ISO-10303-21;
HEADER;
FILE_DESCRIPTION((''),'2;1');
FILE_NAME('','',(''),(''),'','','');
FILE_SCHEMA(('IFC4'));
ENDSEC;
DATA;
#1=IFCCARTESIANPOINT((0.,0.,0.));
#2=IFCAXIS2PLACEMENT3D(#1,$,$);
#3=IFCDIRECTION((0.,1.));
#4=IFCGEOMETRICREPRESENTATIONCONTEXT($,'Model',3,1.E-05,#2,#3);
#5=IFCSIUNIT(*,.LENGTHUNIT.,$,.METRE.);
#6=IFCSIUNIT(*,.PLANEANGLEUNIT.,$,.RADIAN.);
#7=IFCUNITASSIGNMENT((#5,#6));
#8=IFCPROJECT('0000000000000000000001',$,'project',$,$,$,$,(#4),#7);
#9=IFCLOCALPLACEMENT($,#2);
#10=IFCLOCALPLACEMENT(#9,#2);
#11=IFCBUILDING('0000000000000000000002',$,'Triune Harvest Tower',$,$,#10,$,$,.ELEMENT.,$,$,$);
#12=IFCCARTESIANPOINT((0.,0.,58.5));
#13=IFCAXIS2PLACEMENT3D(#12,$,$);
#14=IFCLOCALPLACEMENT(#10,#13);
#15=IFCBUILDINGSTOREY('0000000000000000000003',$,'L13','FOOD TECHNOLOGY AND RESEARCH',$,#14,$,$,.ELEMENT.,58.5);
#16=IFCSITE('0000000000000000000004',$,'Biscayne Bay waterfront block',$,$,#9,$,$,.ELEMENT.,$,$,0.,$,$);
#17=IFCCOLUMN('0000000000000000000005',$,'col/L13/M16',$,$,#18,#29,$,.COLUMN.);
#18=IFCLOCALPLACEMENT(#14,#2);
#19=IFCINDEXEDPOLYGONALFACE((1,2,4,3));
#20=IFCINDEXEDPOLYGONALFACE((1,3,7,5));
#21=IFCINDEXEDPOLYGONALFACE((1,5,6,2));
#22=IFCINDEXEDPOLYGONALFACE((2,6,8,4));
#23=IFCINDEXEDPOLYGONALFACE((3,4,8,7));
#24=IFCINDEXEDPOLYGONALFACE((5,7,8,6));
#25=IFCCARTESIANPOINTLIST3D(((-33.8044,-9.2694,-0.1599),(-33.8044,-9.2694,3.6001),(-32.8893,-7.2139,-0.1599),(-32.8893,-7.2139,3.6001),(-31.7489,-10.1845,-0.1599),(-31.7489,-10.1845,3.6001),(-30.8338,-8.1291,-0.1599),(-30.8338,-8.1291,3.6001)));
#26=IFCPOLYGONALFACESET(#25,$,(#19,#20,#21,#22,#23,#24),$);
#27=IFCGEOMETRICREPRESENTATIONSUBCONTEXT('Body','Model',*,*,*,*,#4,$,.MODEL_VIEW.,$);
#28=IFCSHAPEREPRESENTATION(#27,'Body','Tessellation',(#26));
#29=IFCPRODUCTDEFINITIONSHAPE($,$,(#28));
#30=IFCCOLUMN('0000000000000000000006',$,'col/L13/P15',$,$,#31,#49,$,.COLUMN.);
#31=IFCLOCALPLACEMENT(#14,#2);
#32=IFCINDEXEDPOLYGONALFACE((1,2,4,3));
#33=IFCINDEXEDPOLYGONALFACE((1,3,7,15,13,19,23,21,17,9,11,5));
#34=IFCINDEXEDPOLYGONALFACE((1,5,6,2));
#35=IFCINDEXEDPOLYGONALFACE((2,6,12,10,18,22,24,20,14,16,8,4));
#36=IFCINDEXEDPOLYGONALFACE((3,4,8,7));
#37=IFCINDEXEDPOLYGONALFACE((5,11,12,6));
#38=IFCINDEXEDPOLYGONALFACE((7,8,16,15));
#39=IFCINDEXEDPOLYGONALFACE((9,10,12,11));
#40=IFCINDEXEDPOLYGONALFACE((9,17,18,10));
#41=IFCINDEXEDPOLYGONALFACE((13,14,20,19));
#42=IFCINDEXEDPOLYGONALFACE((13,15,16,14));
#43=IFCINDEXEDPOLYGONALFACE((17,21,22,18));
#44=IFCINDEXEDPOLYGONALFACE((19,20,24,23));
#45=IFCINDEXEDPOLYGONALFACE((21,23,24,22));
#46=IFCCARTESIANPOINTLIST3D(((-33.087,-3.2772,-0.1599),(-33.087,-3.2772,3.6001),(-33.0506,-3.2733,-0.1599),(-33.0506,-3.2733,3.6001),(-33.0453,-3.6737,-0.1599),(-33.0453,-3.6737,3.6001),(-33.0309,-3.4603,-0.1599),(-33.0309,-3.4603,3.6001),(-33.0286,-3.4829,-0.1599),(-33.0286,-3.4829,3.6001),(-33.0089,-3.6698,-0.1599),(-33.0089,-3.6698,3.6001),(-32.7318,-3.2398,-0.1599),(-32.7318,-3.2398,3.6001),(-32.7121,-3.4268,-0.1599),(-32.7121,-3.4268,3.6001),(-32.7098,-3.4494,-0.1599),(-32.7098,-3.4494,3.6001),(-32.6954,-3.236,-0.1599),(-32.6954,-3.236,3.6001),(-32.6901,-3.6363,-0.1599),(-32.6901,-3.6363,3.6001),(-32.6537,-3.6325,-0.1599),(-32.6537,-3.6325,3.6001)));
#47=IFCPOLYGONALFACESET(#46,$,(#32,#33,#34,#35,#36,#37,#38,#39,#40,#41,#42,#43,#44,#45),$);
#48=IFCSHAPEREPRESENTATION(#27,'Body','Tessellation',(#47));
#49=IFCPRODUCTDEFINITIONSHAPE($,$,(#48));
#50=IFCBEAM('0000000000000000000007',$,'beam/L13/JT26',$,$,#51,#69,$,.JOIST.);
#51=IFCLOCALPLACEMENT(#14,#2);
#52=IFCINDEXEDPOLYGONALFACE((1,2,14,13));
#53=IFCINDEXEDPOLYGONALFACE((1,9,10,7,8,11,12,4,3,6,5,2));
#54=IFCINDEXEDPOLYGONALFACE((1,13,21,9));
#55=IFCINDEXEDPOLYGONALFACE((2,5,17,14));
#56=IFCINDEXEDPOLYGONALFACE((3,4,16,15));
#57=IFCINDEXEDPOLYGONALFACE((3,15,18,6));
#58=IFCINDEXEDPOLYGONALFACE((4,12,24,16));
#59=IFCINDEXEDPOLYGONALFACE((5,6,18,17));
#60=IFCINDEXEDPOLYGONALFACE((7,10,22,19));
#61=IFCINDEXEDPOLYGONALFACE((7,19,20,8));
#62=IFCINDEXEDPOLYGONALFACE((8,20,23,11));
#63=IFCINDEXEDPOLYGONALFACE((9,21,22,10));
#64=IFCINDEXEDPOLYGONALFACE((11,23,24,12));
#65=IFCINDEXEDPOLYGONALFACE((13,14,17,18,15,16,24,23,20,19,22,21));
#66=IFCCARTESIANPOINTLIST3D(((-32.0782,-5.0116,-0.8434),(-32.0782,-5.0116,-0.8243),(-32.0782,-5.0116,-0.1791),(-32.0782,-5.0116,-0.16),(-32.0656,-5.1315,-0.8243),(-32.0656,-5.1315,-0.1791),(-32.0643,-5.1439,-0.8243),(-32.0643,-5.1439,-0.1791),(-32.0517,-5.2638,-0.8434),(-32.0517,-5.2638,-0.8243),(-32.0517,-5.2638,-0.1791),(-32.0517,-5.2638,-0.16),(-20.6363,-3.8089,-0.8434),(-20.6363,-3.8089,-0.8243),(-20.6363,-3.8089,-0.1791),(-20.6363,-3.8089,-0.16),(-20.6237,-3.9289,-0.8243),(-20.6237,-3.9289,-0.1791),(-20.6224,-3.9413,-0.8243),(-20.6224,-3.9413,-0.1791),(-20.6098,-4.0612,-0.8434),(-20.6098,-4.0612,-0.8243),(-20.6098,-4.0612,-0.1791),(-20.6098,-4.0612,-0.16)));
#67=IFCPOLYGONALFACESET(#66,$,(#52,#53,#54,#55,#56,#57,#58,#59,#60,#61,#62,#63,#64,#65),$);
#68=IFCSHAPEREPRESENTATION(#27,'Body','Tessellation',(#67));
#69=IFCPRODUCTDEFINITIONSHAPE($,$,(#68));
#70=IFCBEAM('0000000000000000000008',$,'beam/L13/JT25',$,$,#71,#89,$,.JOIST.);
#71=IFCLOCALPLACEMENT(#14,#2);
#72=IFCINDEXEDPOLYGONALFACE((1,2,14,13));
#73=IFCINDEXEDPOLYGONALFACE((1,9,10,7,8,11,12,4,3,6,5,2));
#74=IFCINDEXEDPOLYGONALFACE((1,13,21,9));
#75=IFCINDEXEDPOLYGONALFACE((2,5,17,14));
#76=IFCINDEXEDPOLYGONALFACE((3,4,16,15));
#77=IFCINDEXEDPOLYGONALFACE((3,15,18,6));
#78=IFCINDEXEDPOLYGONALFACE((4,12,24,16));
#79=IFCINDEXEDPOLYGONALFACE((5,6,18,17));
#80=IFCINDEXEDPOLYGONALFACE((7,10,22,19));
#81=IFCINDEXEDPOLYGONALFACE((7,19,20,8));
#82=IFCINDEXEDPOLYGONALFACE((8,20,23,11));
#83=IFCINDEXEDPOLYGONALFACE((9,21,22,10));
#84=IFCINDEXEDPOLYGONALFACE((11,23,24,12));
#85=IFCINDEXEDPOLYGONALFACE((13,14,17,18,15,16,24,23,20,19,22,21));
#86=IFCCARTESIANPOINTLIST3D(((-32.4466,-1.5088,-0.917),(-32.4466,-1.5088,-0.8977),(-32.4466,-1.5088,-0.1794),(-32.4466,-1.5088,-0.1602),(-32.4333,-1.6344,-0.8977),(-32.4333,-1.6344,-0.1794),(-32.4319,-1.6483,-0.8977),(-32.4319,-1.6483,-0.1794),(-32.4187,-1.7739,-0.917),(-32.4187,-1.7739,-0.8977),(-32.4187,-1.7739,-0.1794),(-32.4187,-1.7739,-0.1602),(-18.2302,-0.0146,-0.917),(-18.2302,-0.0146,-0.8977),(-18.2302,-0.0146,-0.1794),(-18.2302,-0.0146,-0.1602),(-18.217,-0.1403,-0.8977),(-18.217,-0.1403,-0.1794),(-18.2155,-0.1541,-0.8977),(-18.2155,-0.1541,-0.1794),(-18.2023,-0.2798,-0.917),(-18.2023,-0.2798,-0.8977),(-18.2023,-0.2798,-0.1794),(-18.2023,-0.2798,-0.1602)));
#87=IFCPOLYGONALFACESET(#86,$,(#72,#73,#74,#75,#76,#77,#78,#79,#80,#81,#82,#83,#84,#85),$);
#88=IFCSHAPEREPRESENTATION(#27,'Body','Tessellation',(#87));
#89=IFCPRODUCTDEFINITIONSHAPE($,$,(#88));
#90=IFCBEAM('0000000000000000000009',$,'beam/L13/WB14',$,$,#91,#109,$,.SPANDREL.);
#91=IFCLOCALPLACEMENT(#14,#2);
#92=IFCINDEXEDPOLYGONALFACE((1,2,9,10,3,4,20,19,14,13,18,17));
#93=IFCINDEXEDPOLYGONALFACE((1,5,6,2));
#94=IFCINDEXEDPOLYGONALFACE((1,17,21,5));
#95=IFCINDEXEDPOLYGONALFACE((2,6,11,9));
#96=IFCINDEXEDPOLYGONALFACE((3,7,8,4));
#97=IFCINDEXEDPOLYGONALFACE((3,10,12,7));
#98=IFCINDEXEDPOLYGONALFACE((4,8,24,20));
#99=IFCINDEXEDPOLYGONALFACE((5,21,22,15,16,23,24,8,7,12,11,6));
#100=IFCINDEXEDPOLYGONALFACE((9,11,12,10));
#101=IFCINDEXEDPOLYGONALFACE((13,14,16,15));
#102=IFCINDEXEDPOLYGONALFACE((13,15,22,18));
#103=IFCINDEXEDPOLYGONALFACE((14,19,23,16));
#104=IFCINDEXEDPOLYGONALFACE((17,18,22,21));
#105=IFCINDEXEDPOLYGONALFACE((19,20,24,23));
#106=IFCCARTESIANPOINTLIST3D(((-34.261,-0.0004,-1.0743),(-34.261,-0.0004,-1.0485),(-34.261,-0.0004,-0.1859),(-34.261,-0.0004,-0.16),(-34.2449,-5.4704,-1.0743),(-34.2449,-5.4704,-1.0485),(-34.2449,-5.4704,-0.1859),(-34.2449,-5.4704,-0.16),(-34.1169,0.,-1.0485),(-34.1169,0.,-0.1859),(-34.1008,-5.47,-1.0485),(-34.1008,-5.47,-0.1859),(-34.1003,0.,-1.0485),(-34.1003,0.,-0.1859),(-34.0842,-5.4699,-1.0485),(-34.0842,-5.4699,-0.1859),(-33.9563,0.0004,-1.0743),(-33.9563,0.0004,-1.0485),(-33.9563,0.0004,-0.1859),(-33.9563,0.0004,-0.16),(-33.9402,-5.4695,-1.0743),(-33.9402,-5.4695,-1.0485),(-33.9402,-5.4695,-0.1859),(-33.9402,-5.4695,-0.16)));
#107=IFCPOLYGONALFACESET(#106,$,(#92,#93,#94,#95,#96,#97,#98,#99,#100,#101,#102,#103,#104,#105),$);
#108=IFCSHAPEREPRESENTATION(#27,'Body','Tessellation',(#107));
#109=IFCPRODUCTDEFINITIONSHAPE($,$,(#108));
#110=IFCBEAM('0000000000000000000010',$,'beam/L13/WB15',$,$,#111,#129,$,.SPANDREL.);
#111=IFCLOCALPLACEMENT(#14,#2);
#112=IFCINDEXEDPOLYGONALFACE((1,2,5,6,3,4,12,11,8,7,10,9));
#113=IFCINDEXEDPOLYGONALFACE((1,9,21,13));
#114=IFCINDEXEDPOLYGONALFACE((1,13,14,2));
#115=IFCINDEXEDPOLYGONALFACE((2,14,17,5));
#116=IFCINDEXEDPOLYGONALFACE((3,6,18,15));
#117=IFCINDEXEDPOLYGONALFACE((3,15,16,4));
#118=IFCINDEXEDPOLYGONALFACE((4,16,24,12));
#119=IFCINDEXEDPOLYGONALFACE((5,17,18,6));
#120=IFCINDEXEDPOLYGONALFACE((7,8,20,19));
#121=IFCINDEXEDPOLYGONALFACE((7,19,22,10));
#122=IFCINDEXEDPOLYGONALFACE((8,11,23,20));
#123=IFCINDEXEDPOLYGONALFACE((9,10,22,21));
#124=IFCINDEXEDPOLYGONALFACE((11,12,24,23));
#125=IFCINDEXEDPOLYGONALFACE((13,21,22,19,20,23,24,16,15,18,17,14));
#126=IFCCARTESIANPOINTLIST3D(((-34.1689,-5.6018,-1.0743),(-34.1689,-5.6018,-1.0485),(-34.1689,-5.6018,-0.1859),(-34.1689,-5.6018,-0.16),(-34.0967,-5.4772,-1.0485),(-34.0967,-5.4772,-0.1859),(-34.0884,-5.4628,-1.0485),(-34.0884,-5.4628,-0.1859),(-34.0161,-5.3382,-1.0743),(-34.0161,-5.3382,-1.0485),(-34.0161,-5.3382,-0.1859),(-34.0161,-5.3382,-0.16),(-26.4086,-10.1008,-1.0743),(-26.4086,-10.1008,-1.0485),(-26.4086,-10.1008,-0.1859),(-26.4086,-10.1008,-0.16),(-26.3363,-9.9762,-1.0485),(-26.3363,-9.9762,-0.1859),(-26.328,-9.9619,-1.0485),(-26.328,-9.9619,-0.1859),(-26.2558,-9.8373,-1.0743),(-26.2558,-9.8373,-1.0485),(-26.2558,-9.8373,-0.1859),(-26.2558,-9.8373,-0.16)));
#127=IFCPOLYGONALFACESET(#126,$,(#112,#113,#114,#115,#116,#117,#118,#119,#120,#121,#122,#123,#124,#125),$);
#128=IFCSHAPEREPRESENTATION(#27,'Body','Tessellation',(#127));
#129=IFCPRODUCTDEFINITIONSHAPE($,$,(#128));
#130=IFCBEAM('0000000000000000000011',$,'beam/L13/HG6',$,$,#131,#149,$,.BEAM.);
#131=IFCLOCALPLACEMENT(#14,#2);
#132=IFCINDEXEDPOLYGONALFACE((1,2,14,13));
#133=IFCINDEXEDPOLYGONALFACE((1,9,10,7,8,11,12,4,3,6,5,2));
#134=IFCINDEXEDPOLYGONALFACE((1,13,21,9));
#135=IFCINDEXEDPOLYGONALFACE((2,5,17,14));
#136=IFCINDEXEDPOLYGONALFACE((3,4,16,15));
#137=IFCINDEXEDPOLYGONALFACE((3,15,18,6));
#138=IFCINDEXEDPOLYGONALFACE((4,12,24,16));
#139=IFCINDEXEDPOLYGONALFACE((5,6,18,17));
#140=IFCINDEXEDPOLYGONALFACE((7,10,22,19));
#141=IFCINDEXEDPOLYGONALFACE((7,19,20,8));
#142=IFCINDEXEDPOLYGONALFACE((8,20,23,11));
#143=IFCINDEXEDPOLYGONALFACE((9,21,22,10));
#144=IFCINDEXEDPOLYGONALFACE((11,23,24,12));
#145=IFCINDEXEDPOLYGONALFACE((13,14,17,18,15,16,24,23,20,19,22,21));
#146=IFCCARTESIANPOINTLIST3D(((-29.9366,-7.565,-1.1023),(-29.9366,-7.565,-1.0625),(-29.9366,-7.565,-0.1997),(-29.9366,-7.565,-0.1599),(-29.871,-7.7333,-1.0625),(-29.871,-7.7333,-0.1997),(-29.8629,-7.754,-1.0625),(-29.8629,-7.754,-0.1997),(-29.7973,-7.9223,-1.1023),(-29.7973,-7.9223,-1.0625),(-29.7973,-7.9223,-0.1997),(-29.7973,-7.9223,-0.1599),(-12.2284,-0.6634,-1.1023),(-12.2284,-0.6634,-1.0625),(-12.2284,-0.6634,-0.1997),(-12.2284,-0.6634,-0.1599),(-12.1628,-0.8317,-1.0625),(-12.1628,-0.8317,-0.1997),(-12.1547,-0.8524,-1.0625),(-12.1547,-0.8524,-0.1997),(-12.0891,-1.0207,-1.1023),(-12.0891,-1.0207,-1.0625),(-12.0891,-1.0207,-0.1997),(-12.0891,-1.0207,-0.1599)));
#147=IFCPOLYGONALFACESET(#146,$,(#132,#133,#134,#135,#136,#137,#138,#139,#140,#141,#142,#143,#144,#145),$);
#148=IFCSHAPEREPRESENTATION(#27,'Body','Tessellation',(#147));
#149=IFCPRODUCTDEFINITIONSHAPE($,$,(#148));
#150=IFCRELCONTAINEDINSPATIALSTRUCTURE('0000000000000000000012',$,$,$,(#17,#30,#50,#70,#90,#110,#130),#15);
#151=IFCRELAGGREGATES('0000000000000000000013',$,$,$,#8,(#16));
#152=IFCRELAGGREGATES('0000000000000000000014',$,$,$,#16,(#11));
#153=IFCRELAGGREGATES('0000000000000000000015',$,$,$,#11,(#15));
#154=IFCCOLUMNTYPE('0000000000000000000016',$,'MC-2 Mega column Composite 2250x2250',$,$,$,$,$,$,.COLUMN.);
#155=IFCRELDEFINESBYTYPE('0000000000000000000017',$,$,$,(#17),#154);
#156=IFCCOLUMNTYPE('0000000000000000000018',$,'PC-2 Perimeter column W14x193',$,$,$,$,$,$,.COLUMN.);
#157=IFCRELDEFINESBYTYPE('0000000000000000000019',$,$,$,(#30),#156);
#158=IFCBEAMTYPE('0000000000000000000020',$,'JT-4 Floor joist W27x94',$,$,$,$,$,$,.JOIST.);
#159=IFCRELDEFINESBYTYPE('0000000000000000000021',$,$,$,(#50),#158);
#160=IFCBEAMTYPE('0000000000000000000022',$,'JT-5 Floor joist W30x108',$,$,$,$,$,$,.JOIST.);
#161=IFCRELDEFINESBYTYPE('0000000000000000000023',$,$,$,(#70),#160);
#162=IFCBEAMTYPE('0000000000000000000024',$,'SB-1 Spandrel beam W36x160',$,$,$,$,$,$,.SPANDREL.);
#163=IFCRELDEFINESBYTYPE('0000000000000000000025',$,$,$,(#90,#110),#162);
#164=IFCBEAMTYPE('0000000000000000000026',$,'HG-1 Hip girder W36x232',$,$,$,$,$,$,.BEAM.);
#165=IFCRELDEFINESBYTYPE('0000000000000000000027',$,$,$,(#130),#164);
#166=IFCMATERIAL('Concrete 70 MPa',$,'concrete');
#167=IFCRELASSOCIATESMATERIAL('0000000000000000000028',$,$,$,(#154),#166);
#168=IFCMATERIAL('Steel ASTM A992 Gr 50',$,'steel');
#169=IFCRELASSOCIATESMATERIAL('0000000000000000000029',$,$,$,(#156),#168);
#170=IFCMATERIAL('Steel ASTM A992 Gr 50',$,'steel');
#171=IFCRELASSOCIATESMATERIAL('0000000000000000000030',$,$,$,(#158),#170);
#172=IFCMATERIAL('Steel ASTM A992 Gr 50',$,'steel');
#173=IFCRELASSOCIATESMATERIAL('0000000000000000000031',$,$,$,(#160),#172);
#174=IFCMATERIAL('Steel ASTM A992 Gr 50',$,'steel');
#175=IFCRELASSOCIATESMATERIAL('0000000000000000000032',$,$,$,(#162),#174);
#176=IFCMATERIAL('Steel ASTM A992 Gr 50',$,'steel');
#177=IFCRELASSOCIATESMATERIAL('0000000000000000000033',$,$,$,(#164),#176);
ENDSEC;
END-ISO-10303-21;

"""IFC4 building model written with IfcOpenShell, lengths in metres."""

from ifc_helpers import new_model, si_unit, direction, frame, origin, origin_2d, place, context, subcontext, project, spatial, rectangle, i_section, extrude, source, transform, mapped, material, material_profile, profile_set, type_object, element, save


model = new_model("IFC4")

# Units and contexts
model_context = context("Model", 3, precision=1e-05, world=origin(), true_north=direction((0.0, 1.0)))
body_context = subcontext(model_context, "Body", "Model", "MODEL_VIEW")
ifc_project = project(units=[si_unit("LENGTHUNIT", "METRE"), si_unit("PLANEANGLEUNIT", "RADIAN")], contexts=[model_context])

# Site, building, storey
site_placement = place(None, origin())
site = spatial("IfcSite", under=ifc_project, at=site_placement, Name="Biscayne Bay waterfront block", CompositionType="ELEMENT", RefElevation=0.0)
building_placement = place(site_placement, origin())
building = spatial("IfcBuilding", under=site, at=building_placement, Name="Triune Harvest Tower", CompositionType="ELEMENT")
storey_placement = place(building_placement, frame((0.0, 0.0, 58.5)))
storey = spatial("IfcBuildingStorey", under=building, at=storey_placement, Name="L13", Description="FOOD TECHNOLOGY AND RESEARCH", CompositionType="ELEMENT", Elevation=58.5)

# Columns
ifc_material_1 = material(Name="Concrete 70 MPa", Category="concrete")
ifc_material_profile_1 = material_profile(ifc_material_1, rectangle(XDim=2.25, YDim=2.25, at=origin_2d()), Name="Composite 2250x2250")
ifc_profile_set_1 = profile_set([ifc_material_profile_1], Name="Concrete 70 MPa")
column_type_1 = type_object("IfcColumnType", Name="MC-2 Mega column Composite 2250x2250", PredefinedType="COLUMN", material=ifc_profile_set_1)
shared_shape_1 = source(origin(), body_context, "Body", "SweptSolid", [
    extrude(rectangle(XDim=2.25, YDim=2.25, at=origin_2d()), origin(), (0.0, 0.0, 1.0), 3.76),
])
column_1_placement = place(storey_placement, frame((-32.3191, -8.6992, -0.1599), z_axis=(0.0, 0.0, 1.0), x_axis=(0.913545, -0.406737, 0.0)))
element("IfcColumn", 1, at=column_1_placement, inside=storey, type_object=column_type_1, Name="col/L13/M16", PredefinedType="COLUMN", context=body_context, shape_type="MappedRepresentation", body=[
    mapped(shared_shape_1, transform((0.0, 0.0, 0.0), scale=1.0)),
])
ifc_material_2 = material(Name="Steel ASTM A992 Gr 50", Category="steel")
ifc_material_profile_2 = material_profile(ifc_material_2, i_section(OverallWidth=0.3987, OverallDepth=0.3938, WebThickness=0.0227, FlangeThickness=0.0366, at=origin_2d()), Name="W14x193")
ifc_profile_set_2 = profile_set([ifc_material_profile_2], Name="Steel ASTM A992 Gr 50")
column_type_2 = type_object("IfcColumnType", Name="PC-2 Perimeter column W14x193", PredefinedType="COLUMN", material=ifc_profile_set_2)
shared_shape_2 = source(origin(), body_context, "Body", "SweptSolid", [
    extrude(i_section(OverallWidth=0.3987, OverallDepth=0.3938, WebThickness=0.0227, FlangeThickness=0.0366, at=origin_2d()), origin(), (0.0, 0.0, 1.0), 3.76),
])
column_2_placement = place(storey_placement, frame((-32.8704, -3.4548, -0.1599), z_axis=(0.0, 0.0, 1.0), x_axis=(0.104528, -0.994522, 0.0)))
element("IfcColumn", 2, at=column_2_placement, inside=storey, type_object=column_type_2, Name="col/L13/P15", PredefinedType="COLUMN", context=body_context, shape_type="MappedRepresentation", body=[
    mapped(shared_shape_2, transform((0.0, 0.0, 0.0), scale=1.0)),
])

# Beams
ifc_material_3 = material(Name="Steel ASTM A992 Gr 50", Category="steel")
ifc_material_profile_3 = material_profile(ifc_material_3, i_section(OverallWidth=0.2537, OverallDepth=0.6833, WebThickness=0.0125, FlangeThickness=0.019, at=origin_2d()), Name="W27x94")
ifc_profile_set_3 = profile_set([ifc_material_profile_3], Name="Steel ASTM A992 Gr 50")
beam_type_1 = type_object("IfcBeamType", Name="JT-4 Floor joist W27x94", PredefinedType="JOIST", material=ifc_profile_set_3)
beam_1_placement = place(storey_placement, frame((-32.0649, -5.1377, -0.5017), z_axis=(0.994521, 0.104532, 0.0), x_axis=(-0.104532, 0.994521, 0.0)))
element("IfcBeam", 3, at=beam_1_placement, inside=storey, type_object=beam_type_1, Name="beam/L13/JT26", PredefinedType="JOIST", context=body_context, shape_type="SweptSolid", body=[
    extrude(i_section(OverallWidth=0.2537, OverallDepth=0.6833, WebThickness=0.0125, FlangeThickness=0.019, at=origin_2d()), origin(), (0.0, 0.0, 1.0), 11.5049),
])
ifc_material_4 = material(Name="Steel ASTM A992 Gr 50", Category="steel")
ifc_material_profile_4 = material_profile(ifc_material_4, i_section(OverallWidth=0.2666, OverallDepth=0.7568, WebThickness=0.0139, FlangeThickness=0.0193, at=origin_2d()), Name="W30x108")
ifc_profile_set_4 = profile_set([ifc_material_profile_4], Name="Steel ASTM A992 Gr 50")
beam_type_2 = type_object("IfcBeamType", Name="JT-5 Floor joist W30x108", PredefinedType="JOIST", material=ifc_profile_set_4)
beam_2_placement = place(storey_placement, frame((-32.4326, -1.6414, -0.5386), z_axis=(0.994522, 0.104525, 0.0), x_axis=(-0.104525, 0.994522, 0.0)))
element("IfcBeam", 4, at=beam_2_placement, inside=storey, type_object=beam_type_2, Name="beam/L13/JT25", PredefinedType="JOIST", context=body_context, shape_type="SweptSolid", body=[
    extrude(i_section(OverallWidth=0.2666, OverallDepth=0.7568, WebThickness=0.0139, FlangeThickness=0.0193, at=origin_2d()), origin(), (0.0, 0.0, 1.0), 14.2947),
])
ifc_material_5 = material(Name="Steel ASTM A992 Gr 50", Category="steel")
ifc_material_profile_5 = material_profile(ifc_material_5, i_section(OverallWidth=0.3047, OverallDepth=0.9143, WebThickness=0.0166, FlangeThickness=0.0259, at=origin_2d()), Name="W36x160")
ifc_profile_set_5 = profile_set([ifc_material_profile_5], Name="Steel ASTM A992 Gr 50")
beam_type_3 = type_object("IfcBeamType", Name="SB-1 Spandrel beam W36x160", PredefinedType="SPANDREL", material=ifc_profile_set_5)
shared_shape_3 = source(origin(), body_context, "Body", "SweptSolid", [
    extrude(i_section(OverallWidth=0.3047, OverallDepth=0.9143, WebThickness=0.0166, FlangeThickness=0.0259, at=origin_2d()), origin(), (0.0, 0.0, 1.0), 5.47),
])
beam_3_placement = place(storey_placement, frame((-34.1086, 0.0, -0.6172), z_axis=(0.002946, -0.999996, 0.0), x_axis=(0.999996, 0.002946, 0.0)))
element("IfcBeam", 5, at=beam_3_placement, inside=storey, type_object=beam_type_3, Name="beam/L13/WB14", PredefinedType="SPANDREL", context=body_context, shape_type="MappedRepresentation", body=[
    mapped(shared_shape_3, transform((0.0, 0.0, 0.0), scale=1.0)),
])
shared_shape_4 = source(origin(), body_context, "Body", "SweptSolid", [
    extrude(i_section(OverallWidth=0.3047, OverallDepth=0.9143, WebThickness=0.0166, FlangeThickness=0.0259, at=origin_2d()), origin(), (0.0, 0.0, 1.0), 8.9702),
])
beam_4_placement = place(storey_placement, frame((-34.0925, -5.47, -0.6172), z_axis=(0.865124, -0.501558, 0.0), x_axis=(0.501558, 0.865124, 0.0)))
element("IfcBeam", 6, at=beam_4_placement, inside=storey, type_object=beam_type_3, Name="beam/L13/WB15", PredefinedType="SPANDREL", context=body_context, shape_type="MappedRepresentation", body=[
    mapped(shared_shape_4, transform((0.0, 0.0, 0.0), scale=1.0)),
])
ifc_material_6 = material(Name="Steel ASTM A992 Gr 50", Category="steel")
ifc_material_profile_6 = material_profile(ifc_material_6, i_section(OverallWidth=0.3835, OverallDepth=0.9424, WebThickness=0.0222, FlangeThickness=0.0398, at=origin_2d()), Name="W36x232")
ifc_profile_set_6 = profile_set([ifc_material_profile_6], Name="Steel ASTM A992 Gr 50")
beam_type_4 = type_object("IfcBeamType", Name="HG-1 Hip girder W36x232", PredefinedType="BEAM", material=ifc_profile_set_6)
shared_shape_5 = source(origin(), body_context, "Body", "SweptSolid", [
    extrude(i_section(OverallWidth=0.3835, OverallDepth=0.9424, WebThickness=0.0222, FlangeThickness=0.0398, at=origin_2d()), origin(), (0.0, 0.0, 1.0), 19.0056),
])
beam_5_placement = place(storey_placement, frame((-29.8669, -7.7437, -0.6311), z_axis=(0.931737, 0.363135, 0.0), x_axis=(-0.363135, 0.931737, 0.0)))
element("IfcBeam", 7, at=beam_5_placement, inside=storey, type_object=beam_type_4, Name="beam/L13/HG6", PredefinedType="BEAM", context=body_context, shape_type="MappedRepresentation", body=[
    mapped(shared_shape_5, transform((0.0, 0.0, 0.0), scale=1.0)),
])

save(model, "model.ifc")
